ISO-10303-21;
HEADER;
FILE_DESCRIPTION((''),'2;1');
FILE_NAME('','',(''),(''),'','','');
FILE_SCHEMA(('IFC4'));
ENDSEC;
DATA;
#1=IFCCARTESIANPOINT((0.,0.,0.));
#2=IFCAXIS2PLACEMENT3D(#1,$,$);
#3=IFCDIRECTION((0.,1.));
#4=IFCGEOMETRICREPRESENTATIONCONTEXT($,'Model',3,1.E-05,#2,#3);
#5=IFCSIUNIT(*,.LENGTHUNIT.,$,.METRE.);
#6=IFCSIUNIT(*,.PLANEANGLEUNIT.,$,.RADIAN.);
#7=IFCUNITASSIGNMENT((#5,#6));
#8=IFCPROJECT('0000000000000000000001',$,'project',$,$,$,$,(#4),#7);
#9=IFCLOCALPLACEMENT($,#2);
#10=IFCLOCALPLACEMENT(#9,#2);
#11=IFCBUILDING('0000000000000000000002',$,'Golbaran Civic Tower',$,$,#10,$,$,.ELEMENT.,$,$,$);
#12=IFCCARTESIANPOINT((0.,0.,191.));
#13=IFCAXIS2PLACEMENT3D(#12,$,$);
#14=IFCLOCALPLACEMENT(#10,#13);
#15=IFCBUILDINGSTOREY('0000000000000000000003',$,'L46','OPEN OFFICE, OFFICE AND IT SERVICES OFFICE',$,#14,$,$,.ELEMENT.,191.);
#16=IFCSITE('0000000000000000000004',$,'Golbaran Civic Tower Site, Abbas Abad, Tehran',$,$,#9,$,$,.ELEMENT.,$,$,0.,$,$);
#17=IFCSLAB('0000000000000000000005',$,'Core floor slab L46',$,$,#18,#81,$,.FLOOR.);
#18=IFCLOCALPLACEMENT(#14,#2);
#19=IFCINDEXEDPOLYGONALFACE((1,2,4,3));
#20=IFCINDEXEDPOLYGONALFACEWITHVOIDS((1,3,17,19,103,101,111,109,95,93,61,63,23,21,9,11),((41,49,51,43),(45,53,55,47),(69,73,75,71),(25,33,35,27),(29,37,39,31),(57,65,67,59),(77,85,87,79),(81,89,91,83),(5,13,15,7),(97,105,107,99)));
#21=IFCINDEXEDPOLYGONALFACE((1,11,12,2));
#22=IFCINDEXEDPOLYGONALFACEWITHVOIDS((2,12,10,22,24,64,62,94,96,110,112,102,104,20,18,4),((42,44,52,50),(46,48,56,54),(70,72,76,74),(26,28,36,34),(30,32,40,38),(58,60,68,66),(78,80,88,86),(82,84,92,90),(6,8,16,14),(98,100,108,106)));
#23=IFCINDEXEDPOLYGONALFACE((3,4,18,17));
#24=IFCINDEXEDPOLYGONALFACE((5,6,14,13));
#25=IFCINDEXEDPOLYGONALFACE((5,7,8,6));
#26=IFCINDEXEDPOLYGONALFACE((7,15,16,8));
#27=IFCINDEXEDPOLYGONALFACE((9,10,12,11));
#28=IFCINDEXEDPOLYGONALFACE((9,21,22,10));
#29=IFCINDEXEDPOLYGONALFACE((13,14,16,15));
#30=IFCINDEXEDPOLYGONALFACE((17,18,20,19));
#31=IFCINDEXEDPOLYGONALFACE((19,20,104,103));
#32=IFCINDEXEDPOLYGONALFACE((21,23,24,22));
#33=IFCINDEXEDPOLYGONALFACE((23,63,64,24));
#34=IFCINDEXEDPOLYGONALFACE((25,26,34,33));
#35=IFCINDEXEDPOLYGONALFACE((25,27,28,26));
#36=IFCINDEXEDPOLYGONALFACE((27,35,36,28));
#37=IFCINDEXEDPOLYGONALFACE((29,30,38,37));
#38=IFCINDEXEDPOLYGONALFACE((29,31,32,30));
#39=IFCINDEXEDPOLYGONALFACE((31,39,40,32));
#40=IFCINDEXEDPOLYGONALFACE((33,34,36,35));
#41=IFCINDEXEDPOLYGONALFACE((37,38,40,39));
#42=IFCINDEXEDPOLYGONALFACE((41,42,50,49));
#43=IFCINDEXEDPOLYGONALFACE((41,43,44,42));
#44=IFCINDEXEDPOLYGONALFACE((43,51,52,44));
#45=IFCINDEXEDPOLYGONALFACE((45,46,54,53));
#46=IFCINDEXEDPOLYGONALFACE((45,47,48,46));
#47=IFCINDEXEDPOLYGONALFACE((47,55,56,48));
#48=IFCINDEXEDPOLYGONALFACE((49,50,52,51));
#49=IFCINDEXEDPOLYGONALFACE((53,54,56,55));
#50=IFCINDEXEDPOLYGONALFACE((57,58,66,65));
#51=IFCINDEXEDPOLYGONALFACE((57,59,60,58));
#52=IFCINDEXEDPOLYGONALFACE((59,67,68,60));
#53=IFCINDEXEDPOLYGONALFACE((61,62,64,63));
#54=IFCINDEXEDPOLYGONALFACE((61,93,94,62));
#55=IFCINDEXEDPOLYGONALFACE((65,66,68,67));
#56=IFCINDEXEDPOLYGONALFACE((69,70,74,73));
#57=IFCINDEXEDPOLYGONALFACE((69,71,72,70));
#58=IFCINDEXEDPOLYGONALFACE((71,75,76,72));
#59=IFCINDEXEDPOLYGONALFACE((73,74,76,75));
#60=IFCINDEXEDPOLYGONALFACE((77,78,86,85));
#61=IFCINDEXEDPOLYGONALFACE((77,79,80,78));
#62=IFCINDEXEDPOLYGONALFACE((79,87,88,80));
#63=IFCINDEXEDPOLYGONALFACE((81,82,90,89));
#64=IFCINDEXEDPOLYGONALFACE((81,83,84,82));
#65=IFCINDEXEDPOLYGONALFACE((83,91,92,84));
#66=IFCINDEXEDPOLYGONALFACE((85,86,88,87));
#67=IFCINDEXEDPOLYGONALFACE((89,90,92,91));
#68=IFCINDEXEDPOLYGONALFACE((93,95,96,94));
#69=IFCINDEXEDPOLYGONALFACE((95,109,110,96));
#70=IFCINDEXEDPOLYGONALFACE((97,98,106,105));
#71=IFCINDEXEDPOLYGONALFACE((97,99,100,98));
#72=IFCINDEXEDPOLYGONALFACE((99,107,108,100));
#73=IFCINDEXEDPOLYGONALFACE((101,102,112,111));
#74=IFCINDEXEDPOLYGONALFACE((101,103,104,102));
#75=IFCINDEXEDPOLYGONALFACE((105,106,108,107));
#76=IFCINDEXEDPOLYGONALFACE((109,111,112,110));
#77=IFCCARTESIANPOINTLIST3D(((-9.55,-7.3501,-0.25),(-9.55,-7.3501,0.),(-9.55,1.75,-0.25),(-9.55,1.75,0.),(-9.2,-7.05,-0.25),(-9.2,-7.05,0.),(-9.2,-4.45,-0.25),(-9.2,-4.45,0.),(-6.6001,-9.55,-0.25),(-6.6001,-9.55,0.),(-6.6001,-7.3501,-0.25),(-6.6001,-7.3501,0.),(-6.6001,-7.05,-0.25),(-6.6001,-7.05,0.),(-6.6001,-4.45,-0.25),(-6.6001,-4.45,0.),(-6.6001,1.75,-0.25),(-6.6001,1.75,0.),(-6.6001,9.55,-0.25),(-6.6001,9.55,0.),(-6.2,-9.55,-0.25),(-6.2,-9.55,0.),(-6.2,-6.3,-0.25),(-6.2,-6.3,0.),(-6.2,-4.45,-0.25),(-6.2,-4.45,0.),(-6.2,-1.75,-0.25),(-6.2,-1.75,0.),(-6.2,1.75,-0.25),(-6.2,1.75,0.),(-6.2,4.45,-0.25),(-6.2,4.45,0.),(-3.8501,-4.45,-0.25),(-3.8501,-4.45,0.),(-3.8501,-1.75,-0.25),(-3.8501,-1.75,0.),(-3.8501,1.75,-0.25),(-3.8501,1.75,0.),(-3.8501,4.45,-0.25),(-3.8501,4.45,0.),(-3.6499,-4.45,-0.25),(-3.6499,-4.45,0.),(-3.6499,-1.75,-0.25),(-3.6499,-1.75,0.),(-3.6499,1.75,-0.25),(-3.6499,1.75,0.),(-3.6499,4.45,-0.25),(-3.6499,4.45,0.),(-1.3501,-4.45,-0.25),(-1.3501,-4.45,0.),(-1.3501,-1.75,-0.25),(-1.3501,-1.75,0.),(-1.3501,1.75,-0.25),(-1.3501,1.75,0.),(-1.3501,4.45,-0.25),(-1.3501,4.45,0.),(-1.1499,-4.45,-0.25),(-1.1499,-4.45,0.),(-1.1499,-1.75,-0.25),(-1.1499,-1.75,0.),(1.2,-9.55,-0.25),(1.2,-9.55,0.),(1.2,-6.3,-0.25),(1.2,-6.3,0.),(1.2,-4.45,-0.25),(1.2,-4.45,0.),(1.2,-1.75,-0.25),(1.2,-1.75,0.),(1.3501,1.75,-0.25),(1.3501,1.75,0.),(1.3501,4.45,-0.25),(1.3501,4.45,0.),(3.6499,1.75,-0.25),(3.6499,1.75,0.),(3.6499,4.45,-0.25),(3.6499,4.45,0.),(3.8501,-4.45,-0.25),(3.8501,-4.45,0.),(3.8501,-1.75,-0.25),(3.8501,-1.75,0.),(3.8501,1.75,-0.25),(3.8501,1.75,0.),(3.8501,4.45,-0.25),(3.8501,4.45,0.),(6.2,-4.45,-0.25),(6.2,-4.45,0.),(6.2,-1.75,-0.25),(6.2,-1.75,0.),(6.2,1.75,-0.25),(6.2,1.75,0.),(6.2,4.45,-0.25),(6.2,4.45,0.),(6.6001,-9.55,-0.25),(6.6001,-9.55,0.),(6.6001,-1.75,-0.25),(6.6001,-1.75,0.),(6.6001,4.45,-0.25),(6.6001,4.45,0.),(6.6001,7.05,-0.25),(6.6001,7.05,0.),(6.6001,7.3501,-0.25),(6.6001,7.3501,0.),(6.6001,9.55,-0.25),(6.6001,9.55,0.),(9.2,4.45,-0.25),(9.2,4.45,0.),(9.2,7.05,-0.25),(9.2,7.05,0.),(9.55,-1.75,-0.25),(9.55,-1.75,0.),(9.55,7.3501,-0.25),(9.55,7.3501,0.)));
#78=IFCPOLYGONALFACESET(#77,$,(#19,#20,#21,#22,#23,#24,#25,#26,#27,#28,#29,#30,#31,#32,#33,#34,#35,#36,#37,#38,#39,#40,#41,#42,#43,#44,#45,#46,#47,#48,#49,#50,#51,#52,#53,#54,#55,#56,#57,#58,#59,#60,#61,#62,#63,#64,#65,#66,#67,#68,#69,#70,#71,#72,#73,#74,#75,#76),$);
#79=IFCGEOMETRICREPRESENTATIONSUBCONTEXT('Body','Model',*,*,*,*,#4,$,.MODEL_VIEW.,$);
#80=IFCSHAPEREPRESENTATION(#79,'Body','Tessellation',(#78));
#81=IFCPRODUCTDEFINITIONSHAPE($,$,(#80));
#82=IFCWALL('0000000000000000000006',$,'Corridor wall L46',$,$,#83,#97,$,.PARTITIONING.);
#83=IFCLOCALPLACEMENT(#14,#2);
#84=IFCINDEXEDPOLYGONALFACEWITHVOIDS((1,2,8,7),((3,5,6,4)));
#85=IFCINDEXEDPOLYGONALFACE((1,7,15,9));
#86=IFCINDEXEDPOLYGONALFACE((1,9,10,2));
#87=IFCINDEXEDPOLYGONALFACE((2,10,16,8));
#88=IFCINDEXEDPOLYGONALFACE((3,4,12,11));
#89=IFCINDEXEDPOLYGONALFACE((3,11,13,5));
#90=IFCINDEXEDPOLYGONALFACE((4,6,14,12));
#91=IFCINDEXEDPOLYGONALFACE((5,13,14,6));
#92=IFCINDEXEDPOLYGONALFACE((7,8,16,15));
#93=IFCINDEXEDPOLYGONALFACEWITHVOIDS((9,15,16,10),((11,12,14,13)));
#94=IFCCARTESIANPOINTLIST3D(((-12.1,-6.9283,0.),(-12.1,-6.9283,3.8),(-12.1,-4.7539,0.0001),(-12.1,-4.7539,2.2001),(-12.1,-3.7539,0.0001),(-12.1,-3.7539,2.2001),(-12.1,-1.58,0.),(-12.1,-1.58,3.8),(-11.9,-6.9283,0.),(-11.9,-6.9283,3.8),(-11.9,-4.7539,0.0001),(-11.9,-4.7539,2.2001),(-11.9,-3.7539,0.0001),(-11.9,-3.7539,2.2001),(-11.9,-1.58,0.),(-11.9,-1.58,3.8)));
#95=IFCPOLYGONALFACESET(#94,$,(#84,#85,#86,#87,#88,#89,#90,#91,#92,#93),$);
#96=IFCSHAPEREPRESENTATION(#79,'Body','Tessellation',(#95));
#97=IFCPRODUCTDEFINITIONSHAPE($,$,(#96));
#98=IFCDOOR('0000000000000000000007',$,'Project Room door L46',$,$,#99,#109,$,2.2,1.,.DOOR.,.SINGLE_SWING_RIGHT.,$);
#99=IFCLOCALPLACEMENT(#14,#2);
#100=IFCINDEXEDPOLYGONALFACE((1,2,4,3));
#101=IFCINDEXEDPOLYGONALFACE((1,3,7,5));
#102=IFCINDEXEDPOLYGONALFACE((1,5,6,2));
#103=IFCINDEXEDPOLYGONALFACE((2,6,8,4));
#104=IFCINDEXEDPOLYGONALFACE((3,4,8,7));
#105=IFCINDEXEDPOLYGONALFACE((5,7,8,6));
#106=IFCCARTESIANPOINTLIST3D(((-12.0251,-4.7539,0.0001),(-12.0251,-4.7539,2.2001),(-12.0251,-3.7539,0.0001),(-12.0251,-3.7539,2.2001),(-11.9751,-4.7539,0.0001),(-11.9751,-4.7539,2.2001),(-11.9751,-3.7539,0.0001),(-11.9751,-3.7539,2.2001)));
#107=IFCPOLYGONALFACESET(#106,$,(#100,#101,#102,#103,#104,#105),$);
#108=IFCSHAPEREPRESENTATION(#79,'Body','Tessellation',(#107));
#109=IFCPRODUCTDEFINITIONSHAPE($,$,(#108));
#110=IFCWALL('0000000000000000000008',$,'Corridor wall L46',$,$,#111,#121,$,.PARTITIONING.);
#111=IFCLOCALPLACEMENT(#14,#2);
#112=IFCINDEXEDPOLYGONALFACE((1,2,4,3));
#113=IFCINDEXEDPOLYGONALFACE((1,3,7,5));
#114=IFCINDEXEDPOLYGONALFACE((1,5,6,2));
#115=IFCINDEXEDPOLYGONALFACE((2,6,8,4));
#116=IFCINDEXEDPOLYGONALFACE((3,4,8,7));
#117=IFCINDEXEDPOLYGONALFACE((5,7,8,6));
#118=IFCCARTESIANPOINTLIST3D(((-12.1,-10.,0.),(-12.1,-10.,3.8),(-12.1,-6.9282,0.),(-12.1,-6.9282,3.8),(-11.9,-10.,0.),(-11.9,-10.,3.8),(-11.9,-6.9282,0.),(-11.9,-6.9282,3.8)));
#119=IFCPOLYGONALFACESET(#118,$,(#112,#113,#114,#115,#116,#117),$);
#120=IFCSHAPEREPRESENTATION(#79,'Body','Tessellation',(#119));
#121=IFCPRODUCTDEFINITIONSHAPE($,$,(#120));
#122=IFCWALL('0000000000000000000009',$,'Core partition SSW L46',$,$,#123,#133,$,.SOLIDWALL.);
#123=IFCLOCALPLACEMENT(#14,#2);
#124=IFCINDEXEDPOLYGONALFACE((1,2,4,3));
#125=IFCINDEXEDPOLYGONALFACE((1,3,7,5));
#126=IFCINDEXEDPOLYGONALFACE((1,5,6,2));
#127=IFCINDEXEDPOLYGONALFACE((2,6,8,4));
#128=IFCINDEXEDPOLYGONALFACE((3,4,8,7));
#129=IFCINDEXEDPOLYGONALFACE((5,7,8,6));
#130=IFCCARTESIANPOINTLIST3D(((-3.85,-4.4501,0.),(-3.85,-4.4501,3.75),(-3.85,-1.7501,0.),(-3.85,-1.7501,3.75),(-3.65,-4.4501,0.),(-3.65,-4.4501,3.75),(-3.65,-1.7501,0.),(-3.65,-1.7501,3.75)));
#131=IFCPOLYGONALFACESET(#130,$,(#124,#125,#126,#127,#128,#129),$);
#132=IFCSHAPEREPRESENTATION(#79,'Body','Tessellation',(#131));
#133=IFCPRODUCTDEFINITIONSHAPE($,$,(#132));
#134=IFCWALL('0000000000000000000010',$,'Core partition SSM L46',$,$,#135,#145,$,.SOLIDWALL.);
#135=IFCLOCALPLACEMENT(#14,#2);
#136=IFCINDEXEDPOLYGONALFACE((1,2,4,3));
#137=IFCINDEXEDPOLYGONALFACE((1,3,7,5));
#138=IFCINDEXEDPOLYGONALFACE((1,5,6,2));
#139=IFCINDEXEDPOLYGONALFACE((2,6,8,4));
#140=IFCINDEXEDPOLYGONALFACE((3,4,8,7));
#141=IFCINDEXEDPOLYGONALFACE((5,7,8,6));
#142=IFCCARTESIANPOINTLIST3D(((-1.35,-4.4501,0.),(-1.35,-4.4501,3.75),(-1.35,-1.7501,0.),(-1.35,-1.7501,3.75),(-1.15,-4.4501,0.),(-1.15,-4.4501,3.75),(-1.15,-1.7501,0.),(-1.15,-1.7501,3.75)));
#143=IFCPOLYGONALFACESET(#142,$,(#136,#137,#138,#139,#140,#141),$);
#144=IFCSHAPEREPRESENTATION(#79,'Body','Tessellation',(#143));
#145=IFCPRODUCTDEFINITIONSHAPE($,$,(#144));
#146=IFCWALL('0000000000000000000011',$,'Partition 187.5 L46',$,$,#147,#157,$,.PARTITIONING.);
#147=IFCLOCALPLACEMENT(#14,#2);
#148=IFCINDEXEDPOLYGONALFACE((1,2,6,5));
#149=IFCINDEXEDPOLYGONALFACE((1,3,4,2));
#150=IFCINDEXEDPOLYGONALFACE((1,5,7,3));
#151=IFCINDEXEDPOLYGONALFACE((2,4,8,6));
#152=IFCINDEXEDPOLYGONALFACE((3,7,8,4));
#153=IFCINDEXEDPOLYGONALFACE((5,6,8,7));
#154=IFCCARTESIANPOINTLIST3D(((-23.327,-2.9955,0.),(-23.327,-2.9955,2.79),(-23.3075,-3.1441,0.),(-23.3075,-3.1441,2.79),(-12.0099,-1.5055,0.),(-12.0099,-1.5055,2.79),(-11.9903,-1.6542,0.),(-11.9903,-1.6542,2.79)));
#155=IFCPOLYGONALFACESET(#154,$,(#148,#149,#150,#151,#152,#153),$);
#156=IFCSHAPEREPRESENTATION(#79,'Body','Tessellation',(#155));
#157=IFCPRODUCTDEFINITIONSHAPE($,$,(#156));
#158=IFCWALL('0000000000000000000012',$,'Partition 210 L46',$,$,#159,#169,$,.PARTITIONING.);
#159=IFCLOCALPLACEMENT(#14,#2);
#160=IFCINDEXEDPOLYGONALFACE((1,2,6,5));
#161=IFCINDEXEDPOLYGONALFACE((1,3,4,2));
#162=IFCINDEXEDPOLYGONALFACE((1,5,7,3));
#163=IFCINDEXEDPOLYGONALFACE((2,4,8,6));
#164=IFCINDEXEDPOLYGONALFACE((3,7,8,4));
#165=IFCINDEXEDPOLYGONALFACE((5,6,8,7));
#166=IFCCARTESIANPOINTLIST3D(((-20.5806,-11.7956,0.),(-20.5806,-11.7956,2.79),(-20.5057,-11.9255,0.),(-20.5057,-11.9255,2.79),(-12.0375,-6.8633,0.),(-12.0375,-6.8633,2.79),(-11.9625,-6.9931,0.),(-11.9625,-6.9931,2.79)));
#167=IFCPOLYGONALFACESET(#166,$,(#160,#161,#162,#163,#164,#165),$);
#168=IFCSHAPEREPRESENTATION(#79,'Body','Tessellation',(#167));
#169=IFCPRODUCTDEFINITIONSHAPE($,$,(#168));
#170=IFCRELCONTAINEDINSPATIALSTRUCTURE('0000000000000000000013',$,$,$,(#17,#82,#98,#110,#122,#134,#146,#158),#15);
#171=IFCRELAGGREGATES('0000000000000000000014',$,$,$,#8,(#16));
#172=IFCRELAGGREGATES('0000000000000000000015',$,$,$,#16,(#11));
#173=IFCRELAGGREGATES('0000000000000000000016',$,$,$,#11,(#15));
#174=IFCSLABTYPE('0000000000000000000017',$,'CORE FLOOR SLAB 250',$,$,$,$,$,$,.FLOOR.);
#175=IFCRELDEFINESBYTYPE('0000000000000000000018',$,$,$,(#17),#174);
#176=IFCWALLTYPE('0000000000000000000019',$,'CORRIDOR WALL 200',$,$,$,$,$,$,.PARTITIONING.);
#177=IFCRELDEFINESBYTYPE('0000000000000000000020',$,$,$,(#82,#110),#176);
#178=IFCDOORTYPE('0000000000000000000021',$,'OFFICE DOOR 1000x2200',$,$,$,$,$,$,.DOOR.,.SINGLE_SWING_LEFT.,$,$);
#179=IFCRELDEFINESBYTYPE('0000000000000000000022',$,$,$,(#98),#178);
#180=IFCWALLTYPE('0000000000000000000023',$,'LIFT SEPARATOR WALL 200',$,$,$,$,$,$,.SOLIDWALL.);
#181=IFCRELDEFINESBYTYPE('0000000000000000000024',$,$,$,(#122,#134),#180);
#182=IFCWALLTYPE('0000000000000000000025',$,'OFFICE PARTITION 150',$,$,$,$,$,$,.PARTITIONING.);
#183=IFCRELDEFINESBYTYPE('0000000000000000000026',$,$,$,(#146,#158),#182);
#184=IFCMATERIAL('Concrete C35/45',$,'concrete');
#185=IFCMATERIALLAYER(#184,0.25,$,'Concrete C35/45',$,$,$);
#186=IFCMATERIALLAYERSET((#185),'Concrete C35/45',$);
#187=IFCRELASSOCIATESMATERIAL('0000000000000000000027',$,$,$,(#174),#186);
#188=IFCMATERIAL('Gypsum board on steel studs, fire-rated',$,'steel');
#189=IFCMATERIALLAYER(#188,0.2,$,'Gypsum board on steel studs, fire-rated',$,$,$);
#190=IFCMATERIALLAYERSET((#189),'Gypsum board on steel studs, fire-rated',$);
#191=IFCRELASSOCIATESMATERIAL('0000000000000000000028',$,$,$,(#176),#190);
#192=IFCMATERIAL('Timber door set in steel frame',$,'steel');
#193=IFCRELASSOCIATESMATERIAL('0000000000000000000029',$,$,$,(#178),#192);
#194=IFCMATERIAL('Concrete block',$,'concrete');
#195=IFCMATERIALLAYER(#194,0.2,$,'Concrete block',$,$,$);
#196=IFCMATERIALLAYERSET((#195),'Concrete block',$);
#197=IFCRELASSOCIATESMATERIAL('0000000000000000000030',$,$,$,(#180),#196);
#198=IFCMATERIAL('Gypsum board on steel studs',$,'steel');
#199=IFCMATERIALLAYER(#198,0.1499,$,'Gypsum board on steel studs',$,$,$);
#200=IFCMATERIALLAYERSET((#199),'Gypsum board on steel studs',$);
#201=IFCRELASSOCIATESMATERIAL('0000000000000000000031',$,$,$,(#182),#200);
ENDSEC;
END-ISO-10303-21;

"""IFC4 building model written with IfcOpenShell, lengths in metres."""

from ifc_helpers import new_model, si_unit, direction, frame, frame_2d, origin, place, context, subcontext, project, spatial, polyline, rectangle, outline, extrude, material, layer, layer_set, type_object, element, fill, save


model = new_model("IFC4")

# Units and contexts
model_context = context("Model", 3, precision=1e-05, world=origin(), true_north=direction((0.0, 1.0)))
body_context = subcontext(model_context, "Body", "Model", "MODEL_VIEW")
ifc_project = project(units=[si_unit("LENGTHUNIT", "METRE"), si_unit("PLANEANGLEUNIT", "RADIAN")], contexts=[model_context])

# Site, building, storey
site_placement = place(None, origin())
site = spatial("IfcSite", under=ifc_project, at=site_placement, Name="Golbaran Civic Tower Site, Abbas Abad, Tehran", CompositionType="ELEMENT", RefElevation=0.0)
building_placement = place(site_placement, origin())
building = spatial("IfcBuilding", under=site, at=building_placement, Name="Golbaran Civic Tower", CompositionType="ELEMENT")
storey_placement = place(building_placement, frame((0.0, 0.0, 191.0)))
storey = spatial("IfcBuildingStorey", under=building, at=storey_placement, Name="L46", Description="OPEN OFFICE, OFFICE AND IT SERVICES OFFICE", CompositionType="ELEMENT", Elevation=191.0)

# Slab
ifc_material_1 = material(Name="Concrete C35/45", Category="concrete")
ifc_layer_1 = layer(ifc_material_1, 0.25, Name="Concrete C35/45")
ifc_layer_set_1 = layer_set([ifc_layer_1], Name="Concrete C35/45")
slab_type_1 = type_object("IfcSlabType", Name="CORE FLOOR SLAB 250", PredefinedType="FLOOR", material=ifc_layer_set_1)
slab_1_placement = place(storey_placement, frame((0.0, 0.0, -0.25)))
element("IfcSlab", 1, at=slab_1_placement, inside=storey, type_object=slab_type_1, Name="Core floor slab L46", PredefinedType="FLOOR", context=body_context, shape_type="SweptSolid", body=[
    extrude(outline(polyline([(6.6001, -1.75), (6.6001, -9.55), (1.2, -9.55), (1.2, -6.3), (-6.2, -6.3), (-6.2, -9.55), (-6.6001, -9.55), (-6.6001, -7.3501), (-9.55, -7.3501), (-9.55, 1.75), (-6.6001, 1.75), (-6.6001, 9.55), (6.6001, 9.55), (6.6001, 7.3501), (9.55, 7.3501), (9.55, -1.75), (6.6001, -1.75)]), holes=[polyline([(9.2, 7.05), (6.6001, 7.05), (6.6001, 4.45), (9.2, 4.45), (9.2, 7.05)]), polyline([(6.2, -1.75), (3.8501, -1.75), (3.8501, -4.45), (6.2, -4.45), (6.2, -1.75)]), polyline([(6.2, 4.45), (3.8501, 4.45), (3.8501, 1.75), (6.2, 1.75), (6.2, 4.45)]), polyline([(3.6499, 4.45), (1.3501, 4.45), (1.3501, 1.75), (3.6499, 1.75), (3.6499, 4.45)]), polyline([(1.2, -1.75), (-1.1499, -1.75), (-1.1499, -4.45), (1.2, -4.45), (1.2, -1.75)]), polyline([(-1.3501, 4.45), (-3.6499, 4.45), (-3.6499, 1.75), (-1.3501, 1.75), (-1.3501, 4.45)]), polyline([(-1.3501, -1.75), (-3.6499, -1.75), (-3.6499, -4.45), (-1.3501, -4.45), (-1.3501, -1.75)]), polyline([(-3.8501, -1.75), (-6.2, -1.75), (-6.2, -4.45), (-3.8501, -4.45), (-3.8501, -1.75)]), polyline([(-3.8501, 4.45), (-6.2, 4.45), (-6.2, 1.75), (-3.8501, 1.75), (-3.8501, 4.45)]), polyline([(-6.6001, -4.45), (-9.2, -4.45), (-9.2, -7.05), (-6.6001, -7.05), (-6.6001, -4.45)])]), origin(), (0.0, 0.0, 1.0), 0.25),
])

# Wall, opening, door
ifc_material_2 = material(Name="Gypsum board on steel studs, fire-rated", Category="steel")
ifc_layer_2 = layer(ifc_material_2, 0.2, Name="Gypsum board on steel studs, fire-rated")
ifc_layer_set_2 = layer_set([ifc_layer_2], Name="Gypsum board on steel studs, fire-rated")
wall_type_1 = type_object("IfcWallType", Name="CORRIDOR WALL 200", PredefinedType="PARTITIONING", material=ifc_layer_set_2)
wall_1_placement = place(storey_placement, frame((-12.0, -1.5798, 0.0), z_axis=(0.0, 0.0, 1.0), x_axis=(0.0, -1.0, 0.0)))
wall_1 = element("IfcWall", 2, at=wall_1_placement, inside=storey, type_object=wall_type_1, Name="Corridor wall L46", PredefinedType="PARTITIONING", context=body_context, shape_type="SweptSolid", body=[
    extrude(rectangle(XDim=5.3484, YDim=0.2, at=frame_2d((2.6743, 0.0))), origin(), (0.0, 0.0, 1.0), 3.8),
])
opening_1_placement = place(wall_1_placement, frame((2.1741, 0.0, 0.0)))
opening_1 = element("IfcOpeningElement", 3, at=opening_1_placement, cuts=wall_1, PredefinedType="OPENING", context=body_context, shape_type="SweptSolid", body=[
    extrude(rectangle(XDim=1.0, YDim=2.2, at=frame_2d((0.5, 1.1001))), frame((0.0, 0.1099, 0.0), z_axis=(0.0, -1.0, 0.0), x_axis=(1.0, 0.0, 0.0)), (0.0, 0.0, 1.0), 0.22),
])
ifc_material_3 = material(Name="Timber door set in steel frame", Category="steel")
door_type_1 = type_object("IfcDoorType", Name="OFFICE DOOR 1000x2200", OperationType="SINGLE_SWING_LEFT", PredefinedType="DOOR", material=ifc_material_3)
door_1_placement = place(opening_1_placement, origin())
door_1 = element("IfcDoor", 4, at=door_1_placement, inside=storey, type_object=door_type_1, Name="Project Room door L46", OperationType="SINGLE_SWING_RIGHT", OverallHeight=2.2, OverallWidth=1.0, PredefinedType="DOOR", context=body_context, shape_type="SweptSolid", body=[
    extrude(rectangle(XDim=1.0, YDim=2.2, at=frame_2d((0.5, 1.1001))), frame((0.0, 0.0249, 0.0), z_axis=(0.0, -1.0, 0.0), x_axis=(1.0, 0.0, 0.0)), (0.0, 0.0, 1.0), 0.05),
])
fill(opening_1, door_1)

# Walls
wall_2_placement = place(storey_placement, frame((-12.0, -6.9282, 0.0), z_axis=(0.0, 0.0, 1.0), x_axis=(0.0, -1.0, 0.0)))
element("IfcWall", 5, at=wall_2_placement, inside=storey, type_object=wall_type_1, Name="Corridor wall L46", PredefinedType="PARTITIONING", context=body_context, shape_type="SweptSolid", body=[
    extrude(rectangle(XDim=3.0718, YDim=0.2, at=frame_2d((1.5359, 0.0))), origin(), (0.0, 0.0, 1.0), 3.8),
])
ifc_material_4 = material(Name="Concrete block", Category="concrete")
ifc_layer_3 = layer(ifc_material_4, 0.2, Name="Concrete block")
ifc_layer_set_3 = layer_set([ifc_layer_3], Name="Concrete block")
wall_type_2 = type_object("IfcWallType", Name="LIFT SEPARATOR WALL 200", PredefinedType="SOLIDWALL", material=ifc_layer_set_3)
for number, where, z_axis, x_axis, name in (
    (6, (-3.75, -1.75, 0.0), (0.0, 0.0, 1.0), (0.0, -1.0, 0.0), "Core partition SSW L46"),
    (7, (-1.25, -1.75, 0.0), (0.0, 0.0, 1.0), (0.0, -1.0, 0.0), "Core partition SSM L46"),
):
    element("IfcWall", number, at=place(storey_placement, frame(where, z_axis=z_axis, x_axis=x_axis)), inside=storey, type_object=wall_type_2, Name=name, PredefinedType="SOLIDWALL", context=body_context, shape_type="SweptSolid", body=[
        extrude(rectangle(XDim=2.7, YDim=0.2, at=frame_2d((1.3501, 0.0))), origin(), (0.0, 0.0, 1.0), 3.75),
    ])
ifc_material_5 = material(Name="Gypsum board on steel studs", Category="steel")
ifc_layer_4 = layer(ifc_material_5, 0.1499, Name="Gypsum board on steel studs")
ifc_layer_set_4 = layer_set([ifc_layer_4], Name="Gypsum board on steel studs")
wall_type_3 = type_object("IfcWallType", Name="OFFICE PARTITION 150", PredefinedType="PARTITIONING", material=ifc_layer_set_4)
wall_3_placement = place(storey_placement, frame((-12.0, -1.5798, 0.0), z_axis=(0.0, 0.0, 1.0), x_axis=(-0.991444, -0.130531, 0.0)))
element("IfcWall", 8, at=wall_3_placement, inside=storey, type_object=wall_type_3, Name="Partition 187.5 L46", PredefinedType="PARTITIONING", context=body_context, shape_type="SweptSolid", body=[
    extrude(rectangle(XDim=11.4148, YDim=0.1499, at=frame_2d((5.7075, 0.0))), origin(), (0.0, 0.0, 1.0), 2.79),
])
wall_4_placement = place(storey_placement, frame((-12.0, -6.9282, 0.0), z_axis=(0.0, 0.0, 1.0), x_axis=(-0.866028, -0.499996, 0.0)))
element("IfcWall", 9, at=wall_4_placement, inside=storey, type_object=wall_type_3, Name="Partition 210 L46", PredefinedType="PARTITIONING", context=body_context, shape_type="SweptSolid", body=[
    extrude(rectangle(XDim=9.8647, YDim=0.1499, at=frame_2d((4.9324, 0.0))), origin(), (0.0, 0.0, 1.0), 2.79),
])

save(model, "model.ifc")
